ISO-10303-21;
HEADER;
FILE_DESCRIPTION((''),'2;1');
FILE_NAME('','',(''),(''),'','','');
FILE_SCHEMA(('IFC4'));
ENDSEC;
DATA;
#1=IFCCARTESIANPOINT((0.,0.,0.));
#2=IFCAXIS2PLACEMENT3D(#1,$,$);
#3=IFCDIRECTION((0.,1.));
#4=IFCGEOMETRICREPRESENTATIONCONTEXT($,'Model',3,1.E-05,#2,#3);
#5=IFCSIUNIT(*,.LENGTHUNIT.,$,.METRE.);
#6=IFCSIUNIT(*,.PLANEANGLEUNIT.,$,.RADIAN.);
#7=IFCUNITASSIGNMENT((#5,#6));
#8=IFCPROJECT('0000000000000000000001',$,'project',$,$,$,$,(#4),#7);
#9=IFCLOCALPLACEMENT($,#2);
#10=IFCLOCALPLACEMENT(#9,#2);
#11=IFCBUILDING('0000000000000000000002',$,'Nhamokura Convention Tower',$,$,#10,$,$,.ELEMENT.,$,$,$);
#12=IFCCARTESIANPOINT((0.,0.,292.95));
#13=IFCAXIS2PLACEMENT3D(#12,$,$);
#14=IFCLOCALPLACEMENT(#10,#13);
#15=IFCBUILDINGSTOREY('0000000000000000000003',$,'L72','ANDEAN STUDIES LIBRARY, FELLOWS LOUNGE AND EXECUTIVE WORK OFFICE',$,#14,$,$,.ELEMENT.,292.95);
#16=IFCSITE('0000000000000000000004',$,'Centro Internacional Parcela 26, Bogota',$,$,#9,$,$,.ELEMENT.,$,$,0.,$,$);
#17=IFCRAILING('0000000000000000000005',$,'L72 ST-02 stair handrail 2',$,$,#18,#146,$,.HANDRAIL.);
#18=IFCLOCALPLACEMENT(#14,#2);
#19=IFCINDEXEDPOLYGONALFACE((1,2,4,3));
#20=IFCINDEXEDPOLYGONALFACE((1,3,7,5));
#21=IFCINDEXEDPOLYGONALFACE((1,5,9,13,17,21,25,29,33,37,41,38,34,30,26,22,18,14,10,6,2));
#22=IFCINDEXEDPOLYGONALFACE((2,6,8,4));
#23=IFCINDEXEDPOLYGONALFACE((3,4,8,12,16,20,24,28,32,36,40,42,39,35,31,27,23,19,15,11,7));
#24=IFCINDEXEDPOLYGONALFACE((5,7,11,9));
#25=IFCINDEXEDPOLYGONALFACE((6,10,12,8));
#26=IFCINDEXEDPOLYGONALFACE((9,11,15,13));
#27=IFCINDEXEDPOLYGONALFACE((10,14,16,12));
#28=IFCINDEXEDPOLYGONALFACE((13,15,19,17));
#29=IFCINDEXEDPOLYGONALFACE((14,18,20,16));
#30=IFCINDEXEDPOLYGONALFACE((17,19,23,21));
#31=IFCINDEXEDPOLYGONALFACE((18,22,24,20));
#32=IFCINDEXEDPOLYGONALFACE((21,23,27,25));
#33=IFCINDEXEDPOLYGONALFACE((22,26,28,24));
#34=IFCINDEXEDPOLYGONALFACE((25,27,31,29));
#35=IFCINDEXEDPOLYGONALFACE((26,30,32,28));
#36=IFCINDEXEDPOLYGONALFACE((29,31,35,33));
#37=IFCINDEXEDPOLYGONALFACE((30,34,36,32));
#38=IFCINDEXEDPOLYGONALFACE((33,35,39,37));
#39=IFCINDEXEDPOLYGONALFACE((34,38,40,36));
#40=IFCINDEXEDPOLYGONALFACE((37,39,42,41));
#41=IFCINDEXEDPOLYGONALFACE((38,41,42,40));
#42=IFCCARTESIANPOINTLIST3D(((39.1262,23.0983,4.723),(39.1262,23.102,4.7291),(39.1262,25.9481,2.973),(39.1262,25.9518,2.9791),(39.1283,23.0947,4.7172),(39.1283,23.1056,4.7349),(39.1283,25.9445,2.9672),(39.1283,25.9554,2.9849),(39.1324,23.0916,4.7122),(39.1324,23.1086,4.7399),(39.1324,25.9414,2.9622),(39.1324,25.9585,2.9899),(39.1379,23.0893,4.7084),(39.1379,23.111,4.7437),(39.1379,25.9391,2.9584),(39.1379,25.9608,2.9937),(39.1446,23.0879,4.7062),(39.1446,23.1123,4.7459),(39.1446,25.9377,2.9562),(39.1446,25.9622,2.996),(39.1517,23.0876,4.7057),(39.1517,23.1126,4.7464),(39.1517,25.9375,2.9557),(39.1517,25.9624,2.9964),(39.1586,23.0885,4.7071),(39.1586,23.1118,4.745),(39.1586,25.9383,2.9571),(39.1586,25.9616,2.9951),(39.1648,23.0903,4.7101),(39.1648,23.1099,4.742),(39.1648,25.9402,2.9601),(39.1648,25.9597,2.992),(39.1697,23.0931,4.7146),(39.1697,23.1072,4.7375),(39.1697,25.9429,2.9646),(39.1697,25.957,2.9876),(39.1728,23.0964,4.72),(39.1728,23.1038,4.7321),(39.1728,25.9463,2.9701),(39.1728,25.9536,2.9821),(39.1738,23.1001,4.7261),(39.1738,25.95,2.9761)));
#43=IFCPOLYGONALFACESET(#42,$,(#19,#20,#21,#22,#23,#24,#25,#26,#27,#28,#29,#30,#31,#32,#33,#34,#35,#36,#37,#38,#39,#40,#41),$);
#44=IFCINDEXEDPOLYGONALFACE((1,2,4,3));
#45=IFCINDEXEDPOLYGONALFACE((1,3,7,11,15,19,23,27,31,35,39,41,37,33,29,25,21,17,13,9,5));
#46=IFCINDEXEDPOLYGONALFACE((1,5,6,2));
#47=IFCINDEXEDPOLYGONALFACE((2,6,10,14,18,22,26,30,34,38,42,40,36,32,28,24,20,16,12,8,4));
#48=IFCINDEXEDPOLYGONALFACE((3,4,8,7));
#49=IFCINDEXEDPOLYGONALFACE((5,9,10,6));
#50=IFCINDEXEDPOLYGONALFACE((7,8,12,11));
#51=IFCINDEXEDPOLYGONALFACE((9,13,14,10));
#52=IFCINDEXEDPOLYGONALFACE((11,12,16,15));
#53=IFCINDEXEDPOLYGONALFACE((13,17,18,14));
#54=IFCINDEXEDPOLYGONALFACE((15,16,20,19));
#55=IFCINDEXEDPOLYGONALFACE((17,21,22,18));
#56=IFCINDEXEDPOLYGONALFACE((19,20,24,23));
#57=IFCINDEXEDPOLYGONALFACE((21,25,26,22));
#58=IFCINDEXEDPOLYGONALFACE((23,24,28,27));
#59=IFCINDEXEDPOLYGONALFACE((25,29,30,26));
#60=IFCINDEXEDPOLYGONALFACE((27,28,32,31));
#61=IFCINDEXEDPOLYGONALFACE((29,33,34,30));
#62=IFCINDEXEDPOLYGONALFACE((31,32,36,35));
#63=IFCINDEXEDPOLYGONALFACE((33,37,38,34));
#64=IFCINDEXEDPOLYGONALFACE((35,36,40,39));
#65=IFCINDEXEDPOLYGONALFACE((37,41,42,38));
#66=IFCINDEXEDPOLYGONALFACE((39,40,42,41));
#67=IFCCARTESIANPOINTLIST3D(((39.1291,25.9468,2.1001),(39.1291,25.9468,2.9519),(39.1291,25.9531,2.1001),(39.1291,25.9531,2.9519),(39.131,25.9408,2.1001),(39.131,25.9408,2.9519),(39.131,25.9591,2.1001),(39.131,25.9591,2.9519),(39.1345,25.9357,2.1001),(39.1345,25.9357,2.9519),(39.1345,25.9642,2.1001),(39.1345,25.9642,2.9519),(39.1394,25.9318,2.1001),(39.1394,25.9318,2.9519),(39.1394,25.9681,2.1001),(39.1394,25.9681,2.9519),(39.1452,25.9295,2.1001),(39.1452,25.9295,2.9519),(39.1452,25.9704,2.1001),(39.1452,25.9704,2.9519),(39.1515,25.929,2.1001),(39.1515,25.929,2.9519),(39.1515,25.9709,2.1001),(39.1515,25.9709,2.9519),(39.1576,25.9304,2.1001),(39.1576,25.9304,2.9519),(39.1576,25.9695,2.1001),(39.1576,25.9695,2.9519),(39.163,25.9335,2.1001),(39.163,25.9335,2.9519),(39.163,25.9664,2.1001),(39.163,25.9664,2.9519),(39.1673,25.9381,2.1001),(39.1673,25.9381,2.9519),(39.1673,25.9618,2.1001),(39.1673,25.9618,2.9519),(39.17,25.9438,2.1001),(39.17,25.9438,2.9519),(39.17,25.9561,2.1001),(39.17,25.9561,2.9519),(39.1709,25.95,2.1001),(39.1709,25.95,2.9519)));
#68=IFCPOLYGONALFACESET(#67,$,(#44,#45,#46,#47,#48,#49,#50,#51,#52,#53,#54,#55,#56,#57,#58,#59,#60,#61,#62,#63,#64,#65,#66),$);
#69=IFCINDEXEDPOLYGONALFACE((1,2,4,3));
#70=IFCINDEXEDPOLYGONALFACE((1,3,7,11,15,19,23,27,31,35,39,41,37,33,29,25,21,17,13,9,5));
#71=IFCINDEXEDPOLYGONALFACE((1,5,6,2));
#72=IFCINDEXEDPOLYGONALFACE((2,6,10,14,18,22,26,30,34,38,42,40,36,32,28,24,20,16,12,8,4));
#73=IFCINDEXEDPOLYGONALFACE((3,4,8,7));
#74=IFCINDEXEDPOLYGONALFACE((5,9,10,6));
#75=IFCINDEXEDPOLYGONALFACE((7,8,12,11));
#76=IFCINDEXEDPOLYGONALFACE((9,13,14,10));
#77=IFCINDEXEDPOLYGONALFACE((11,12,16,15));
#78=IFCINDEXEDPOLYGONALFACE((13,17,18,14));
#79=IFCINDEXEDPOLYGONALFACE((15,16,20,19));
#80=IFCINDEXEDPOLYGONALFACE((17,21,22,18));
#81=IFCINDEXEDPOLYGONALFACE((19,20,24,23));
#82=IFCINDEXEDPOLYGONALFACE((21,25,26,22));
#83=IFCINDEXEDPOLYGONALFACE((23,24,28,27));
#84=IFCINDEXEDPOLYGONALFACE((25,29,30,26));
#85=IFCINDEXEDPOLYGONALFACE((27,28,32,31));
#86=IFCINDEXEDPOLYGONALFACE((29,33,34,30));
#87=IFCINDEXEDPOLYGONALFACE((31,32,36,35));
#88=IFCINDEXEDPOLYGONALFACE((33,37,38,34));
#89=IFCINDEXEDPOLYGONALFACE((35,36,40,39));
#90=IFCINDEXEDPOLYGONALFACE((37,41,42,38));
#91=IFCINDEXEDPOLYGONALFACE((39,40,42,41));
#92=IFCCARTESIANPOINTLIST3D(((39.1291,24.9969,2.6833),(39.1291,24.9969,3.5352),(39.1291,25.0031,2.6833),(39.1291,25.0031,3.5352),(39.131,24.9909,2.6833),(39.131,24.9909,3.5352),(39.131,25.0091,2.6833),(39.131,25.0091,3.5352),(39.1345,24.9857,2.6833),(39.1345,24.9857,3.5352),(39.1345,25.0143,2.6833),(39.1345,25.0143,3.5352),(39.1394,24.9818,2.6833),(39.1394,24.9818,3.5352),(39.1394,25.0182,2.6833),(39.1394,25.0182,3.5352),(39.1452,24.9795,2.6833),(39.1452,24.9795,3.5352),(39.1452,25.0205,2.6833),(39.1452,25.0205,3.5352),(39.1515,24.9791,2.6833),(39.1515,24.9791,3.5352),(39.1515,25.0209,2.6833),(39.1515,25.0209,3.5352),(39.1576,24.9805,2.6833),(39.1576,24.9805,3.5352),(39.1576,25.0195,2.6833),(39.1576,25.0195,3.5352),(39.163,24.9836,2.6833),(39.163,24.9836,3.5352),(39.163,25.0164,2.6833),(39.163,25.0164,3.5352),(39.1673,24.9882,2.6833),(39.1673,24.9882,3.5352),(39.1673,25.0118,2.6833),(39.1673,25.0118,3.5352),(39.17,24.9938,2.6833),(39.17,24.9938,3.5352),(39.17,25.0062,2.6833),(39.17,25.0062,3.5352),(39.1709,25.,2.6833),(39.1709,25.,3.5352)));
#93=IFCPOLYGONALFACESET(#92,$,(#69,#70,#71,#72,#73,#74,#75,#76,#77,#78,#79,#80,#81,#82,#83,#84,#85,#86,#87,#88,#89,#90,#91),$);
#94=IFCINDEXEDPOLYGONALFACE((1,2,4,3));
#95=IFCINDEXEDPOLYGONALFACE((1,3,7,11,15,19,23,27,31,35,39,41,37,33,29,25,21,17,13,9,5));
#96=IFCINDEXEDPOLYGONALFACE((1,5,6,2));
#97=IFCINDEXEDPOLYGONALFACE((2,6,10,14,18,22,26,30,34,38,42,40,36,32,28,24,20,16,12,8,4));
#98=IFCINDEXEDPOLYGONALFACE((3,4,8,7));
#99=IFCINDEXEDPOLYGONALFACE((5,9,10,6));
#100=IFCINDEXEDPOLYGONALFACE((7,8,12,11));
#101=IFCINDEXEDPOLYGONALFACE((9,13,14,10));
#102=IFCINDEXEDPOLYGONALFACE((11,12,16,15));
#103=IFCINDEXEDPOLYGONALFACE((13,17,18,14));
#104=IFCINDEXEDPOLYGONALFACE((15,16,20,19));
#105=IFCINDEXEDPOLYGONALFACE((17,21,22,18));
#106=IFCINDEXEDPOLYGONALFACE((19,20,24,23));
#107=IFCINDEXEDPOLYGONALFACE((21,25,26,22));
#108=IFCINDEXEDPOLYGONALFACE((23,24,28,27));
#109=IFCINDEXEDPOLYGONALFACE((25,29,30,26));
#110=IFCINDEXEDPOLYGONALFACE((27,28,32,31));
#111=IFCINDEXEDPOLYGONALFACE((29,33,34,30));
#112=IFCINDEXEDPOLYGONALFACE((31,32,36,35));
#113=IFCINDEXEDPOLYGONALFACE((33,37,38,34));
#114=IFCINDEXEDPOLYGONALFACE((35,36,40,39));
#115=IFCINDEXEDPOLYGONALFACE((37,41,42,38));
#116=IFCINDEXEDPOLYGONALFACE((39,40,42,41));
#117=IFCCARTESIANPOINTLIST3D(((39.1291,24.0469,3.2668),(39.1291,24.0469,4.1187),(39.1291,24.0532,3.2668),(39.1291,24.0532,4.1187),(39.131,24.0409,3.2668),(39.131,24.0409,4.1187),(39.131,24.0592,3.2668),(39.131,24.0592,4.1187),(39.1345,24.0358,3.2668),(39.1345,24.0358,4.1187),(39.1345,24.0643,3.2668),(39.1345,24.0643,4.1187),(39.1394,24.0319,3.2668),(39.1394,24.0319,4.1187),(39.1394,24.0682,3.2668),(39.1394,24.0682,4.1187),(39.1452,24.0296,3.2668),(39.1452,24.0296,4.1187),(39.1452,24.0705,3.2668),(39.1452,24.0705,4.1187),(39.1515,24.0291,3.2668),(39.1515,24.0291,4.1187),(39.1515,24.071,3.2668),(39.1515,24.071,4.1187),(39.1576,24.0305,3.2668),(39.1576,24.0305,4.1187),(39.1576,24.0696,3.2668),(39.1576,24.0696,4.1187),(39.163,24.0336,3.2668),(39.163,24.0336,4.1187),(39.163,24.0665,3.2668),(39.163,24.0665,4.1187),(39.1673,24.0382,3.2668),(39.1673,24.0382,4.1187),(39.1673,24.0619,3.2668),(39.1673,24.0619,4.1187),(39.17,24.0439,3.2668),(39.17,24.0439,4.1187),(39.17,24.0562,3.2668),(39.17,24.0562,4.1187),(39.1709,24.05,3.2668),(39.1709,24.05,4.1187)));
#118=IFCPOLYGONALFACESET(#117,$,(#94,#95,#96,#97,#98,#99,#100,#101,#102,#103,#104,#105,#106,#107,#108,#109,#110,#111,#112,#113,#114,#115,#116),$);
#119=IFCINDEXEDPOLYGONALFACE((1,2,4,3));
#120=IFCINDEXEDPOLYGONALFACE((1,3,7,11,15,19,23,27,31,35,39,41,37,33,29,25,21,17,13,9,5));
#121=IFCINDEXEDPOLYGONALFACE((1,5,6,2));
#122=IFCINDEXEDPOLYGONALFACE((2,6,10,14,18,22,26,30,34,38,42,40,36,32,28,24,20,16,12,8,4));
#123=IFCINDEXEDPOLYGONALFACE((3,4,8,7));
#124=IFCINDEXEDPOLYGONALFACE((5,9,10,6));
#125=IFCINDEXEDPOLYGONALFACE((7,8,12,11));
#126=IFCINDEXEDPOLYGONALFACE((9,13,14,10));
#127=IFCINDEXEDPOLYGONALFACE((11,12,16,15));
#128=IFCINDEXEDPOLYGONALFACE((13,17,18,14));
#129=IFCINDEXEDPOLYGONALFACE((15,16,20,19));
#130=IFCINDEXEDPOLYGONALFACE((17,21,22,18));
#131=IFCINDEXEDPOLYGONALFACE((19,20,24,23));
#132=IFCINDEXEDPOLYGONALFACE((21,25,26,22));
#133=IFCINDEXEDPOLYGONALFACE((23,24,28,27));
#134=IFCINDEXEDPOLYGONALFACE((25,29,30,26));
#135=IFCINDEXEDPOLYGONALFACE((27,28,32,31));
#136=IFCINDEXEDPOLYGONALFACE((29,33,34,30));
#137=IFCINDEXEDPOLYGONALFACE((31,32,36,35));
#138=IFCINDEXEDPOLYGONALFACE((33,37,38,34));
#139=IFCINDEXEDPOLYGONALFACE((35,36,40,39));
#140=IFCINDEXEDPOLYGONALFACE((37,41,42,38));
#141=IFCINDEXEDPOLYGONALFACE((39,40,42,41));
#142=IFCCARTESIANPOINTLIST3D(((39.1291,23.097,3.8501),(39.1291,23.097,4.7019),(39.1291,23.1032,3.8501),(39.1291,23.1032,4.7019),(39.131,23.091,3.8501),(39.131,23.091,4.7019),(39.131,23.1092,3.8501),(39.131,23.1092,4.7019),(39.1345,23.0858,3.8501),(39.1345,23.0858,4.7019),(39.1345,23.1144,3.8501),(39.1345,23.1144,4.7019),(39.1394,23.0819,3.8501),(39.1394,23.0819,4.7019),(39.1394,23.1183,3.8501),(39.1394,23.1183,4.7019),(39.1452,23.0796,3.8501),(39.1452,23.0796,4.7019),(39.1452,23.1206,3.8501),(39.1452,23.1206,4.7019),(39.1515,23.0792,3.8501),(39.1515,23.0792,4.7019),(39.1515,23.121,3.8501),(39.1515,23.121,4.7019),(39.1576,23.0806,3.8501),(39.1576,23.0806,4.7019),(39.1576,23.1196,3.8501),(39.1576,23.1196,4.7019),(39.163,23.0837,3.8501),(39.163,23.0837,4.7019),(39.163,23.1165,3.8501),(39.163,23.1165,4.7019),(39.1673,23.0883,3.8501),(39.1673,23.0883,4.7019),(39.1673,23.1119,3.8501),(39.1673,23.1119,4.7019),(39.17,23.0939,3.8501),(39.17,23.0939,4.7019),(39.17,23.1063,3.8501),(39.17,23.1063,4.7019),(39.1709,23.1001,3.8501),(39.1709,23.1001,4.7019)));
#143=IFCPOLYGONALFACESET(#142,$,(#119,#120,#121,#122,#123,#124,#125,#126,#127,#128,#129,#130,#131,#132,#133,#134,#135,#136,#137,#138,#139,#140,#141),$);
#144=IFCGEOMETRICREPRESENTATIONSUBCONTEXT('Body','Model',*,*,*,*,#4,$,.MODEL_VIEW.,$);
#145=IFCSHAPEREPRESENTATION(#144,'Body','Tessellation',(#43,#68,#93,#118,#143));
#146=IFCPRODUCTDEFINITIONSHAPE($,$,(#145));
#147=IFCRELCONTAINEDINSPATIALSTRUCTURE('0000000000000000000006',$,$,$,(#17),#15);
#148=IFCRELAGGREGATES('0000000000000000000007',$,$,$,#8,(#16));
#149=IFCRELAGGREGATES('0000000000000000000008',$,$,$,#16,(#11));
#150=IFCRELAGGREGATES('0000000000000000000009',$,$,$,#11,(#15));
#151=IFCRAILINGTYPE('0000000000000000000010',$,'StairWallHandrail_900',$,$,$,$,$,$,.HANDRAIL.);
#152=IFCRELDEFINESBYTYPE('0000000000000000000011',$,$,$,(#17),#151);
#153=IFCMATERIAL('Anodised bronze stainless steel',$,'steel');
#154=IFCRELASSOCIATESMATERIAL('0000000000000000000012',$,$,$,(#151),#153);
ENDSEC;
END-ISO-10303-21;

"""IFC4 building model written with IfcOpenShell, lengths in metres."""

from ifc_helpers import new_model, si_unit, direction, frame, origin, origin_2d, place, context, subcontext, project, spatial, circle, extrude, material, type_object, element, save


model = new_model("IFC4")

# Units and contexts
model_context = context("Model", 3, precision=1e-05, world=origin(), true_north=direction((0.0, 1.0)))
body_context = subcontext(model_context, "Body", "Model", "MODEL_VIEW")
ifc_project = project(units=[si_unit("LENGTHUNIT", "METRE"), si_unit("PLANEANGLEUNIT", "RADIAN")], contexts=[model_context])

# Site, building, storey
site_placement = place(None, origin())
site = spatial("IfcSite", under=ifc_project, at=site_placement, Name="Centro Internacional Parcela 26, Bogota", CompositionType="ELEMENT", RefElevation=0.0)
building_placement = place(site_placement, origin())
building = spatial("IfcBuilding", under=site, at=building_placement, Name="Nhamokura Convention Tower", CompositionType="ELEMENT")
storey_placement = place(building_placement, frame((0.0, 0.0, 292.95)))
storey = spatial("IfcBuildingStorey", under=building, at=storey_placement, Name="L72", Description="ANDEAN STUDIES LIBRARY, FELLOWS LOUNGE AND EXECUTIVE WORK OFFICE", CompositionType="ELEMENT", Elevation=292.95)

# Railing
ifc_material_1 = material(Name="Anodised bronze stainless steel", Category="steel")
railing_type_1 = type_object("IfcRailingType", Name="StairWallHandrail_900", PredefinedType="HANDRAIL", material=ifc_material_1)
railing_1_placement = place(storey_placement, frame((39.1499, 25.95, 2.1001)))
element("IfcRailing", 1, at=railing_1_placement, inside=storey, type_object=railing_type_1, Name="L72 ST-02 stair handrail 2", PredefinedType="HANDRAIL", context=body_context, shape_type="SweptSolid", body=[
    extrude(circle(Radius=0.0239, at=origin_2d()), frame((0.0, 0.0, 0.876), z_axis=(0.0, -0.852159, 0.523283), x_axis=(1.0, 0.0, 0.0)), (0.0, 0.0, 1.0), 3.3442),
    extrude(circle(Radius=0.021, at=origin_2d()), origin(), (0.0, 0.0, 1.0), 0.8518),
    extrude(circle(Radius=0.021, at=origin_2d()), frame((0.0, -0.95, 0.5833)), (0.0, 0.0, 1.0), 0.8518),
    extrude(circle(Radius=0.021, at=origin_2d()), frame((0.0, -1.8999, 1.1667)), (0.0, 0.0, 1.0), 0.8518),
    extrude(circle(Radius=0.021, at=origin_2d()), frame((0.0, -2.8499, 1.75)), (0.0, 0.0, 1.0), 0.8518),
])

save(model, "model.ifc")
